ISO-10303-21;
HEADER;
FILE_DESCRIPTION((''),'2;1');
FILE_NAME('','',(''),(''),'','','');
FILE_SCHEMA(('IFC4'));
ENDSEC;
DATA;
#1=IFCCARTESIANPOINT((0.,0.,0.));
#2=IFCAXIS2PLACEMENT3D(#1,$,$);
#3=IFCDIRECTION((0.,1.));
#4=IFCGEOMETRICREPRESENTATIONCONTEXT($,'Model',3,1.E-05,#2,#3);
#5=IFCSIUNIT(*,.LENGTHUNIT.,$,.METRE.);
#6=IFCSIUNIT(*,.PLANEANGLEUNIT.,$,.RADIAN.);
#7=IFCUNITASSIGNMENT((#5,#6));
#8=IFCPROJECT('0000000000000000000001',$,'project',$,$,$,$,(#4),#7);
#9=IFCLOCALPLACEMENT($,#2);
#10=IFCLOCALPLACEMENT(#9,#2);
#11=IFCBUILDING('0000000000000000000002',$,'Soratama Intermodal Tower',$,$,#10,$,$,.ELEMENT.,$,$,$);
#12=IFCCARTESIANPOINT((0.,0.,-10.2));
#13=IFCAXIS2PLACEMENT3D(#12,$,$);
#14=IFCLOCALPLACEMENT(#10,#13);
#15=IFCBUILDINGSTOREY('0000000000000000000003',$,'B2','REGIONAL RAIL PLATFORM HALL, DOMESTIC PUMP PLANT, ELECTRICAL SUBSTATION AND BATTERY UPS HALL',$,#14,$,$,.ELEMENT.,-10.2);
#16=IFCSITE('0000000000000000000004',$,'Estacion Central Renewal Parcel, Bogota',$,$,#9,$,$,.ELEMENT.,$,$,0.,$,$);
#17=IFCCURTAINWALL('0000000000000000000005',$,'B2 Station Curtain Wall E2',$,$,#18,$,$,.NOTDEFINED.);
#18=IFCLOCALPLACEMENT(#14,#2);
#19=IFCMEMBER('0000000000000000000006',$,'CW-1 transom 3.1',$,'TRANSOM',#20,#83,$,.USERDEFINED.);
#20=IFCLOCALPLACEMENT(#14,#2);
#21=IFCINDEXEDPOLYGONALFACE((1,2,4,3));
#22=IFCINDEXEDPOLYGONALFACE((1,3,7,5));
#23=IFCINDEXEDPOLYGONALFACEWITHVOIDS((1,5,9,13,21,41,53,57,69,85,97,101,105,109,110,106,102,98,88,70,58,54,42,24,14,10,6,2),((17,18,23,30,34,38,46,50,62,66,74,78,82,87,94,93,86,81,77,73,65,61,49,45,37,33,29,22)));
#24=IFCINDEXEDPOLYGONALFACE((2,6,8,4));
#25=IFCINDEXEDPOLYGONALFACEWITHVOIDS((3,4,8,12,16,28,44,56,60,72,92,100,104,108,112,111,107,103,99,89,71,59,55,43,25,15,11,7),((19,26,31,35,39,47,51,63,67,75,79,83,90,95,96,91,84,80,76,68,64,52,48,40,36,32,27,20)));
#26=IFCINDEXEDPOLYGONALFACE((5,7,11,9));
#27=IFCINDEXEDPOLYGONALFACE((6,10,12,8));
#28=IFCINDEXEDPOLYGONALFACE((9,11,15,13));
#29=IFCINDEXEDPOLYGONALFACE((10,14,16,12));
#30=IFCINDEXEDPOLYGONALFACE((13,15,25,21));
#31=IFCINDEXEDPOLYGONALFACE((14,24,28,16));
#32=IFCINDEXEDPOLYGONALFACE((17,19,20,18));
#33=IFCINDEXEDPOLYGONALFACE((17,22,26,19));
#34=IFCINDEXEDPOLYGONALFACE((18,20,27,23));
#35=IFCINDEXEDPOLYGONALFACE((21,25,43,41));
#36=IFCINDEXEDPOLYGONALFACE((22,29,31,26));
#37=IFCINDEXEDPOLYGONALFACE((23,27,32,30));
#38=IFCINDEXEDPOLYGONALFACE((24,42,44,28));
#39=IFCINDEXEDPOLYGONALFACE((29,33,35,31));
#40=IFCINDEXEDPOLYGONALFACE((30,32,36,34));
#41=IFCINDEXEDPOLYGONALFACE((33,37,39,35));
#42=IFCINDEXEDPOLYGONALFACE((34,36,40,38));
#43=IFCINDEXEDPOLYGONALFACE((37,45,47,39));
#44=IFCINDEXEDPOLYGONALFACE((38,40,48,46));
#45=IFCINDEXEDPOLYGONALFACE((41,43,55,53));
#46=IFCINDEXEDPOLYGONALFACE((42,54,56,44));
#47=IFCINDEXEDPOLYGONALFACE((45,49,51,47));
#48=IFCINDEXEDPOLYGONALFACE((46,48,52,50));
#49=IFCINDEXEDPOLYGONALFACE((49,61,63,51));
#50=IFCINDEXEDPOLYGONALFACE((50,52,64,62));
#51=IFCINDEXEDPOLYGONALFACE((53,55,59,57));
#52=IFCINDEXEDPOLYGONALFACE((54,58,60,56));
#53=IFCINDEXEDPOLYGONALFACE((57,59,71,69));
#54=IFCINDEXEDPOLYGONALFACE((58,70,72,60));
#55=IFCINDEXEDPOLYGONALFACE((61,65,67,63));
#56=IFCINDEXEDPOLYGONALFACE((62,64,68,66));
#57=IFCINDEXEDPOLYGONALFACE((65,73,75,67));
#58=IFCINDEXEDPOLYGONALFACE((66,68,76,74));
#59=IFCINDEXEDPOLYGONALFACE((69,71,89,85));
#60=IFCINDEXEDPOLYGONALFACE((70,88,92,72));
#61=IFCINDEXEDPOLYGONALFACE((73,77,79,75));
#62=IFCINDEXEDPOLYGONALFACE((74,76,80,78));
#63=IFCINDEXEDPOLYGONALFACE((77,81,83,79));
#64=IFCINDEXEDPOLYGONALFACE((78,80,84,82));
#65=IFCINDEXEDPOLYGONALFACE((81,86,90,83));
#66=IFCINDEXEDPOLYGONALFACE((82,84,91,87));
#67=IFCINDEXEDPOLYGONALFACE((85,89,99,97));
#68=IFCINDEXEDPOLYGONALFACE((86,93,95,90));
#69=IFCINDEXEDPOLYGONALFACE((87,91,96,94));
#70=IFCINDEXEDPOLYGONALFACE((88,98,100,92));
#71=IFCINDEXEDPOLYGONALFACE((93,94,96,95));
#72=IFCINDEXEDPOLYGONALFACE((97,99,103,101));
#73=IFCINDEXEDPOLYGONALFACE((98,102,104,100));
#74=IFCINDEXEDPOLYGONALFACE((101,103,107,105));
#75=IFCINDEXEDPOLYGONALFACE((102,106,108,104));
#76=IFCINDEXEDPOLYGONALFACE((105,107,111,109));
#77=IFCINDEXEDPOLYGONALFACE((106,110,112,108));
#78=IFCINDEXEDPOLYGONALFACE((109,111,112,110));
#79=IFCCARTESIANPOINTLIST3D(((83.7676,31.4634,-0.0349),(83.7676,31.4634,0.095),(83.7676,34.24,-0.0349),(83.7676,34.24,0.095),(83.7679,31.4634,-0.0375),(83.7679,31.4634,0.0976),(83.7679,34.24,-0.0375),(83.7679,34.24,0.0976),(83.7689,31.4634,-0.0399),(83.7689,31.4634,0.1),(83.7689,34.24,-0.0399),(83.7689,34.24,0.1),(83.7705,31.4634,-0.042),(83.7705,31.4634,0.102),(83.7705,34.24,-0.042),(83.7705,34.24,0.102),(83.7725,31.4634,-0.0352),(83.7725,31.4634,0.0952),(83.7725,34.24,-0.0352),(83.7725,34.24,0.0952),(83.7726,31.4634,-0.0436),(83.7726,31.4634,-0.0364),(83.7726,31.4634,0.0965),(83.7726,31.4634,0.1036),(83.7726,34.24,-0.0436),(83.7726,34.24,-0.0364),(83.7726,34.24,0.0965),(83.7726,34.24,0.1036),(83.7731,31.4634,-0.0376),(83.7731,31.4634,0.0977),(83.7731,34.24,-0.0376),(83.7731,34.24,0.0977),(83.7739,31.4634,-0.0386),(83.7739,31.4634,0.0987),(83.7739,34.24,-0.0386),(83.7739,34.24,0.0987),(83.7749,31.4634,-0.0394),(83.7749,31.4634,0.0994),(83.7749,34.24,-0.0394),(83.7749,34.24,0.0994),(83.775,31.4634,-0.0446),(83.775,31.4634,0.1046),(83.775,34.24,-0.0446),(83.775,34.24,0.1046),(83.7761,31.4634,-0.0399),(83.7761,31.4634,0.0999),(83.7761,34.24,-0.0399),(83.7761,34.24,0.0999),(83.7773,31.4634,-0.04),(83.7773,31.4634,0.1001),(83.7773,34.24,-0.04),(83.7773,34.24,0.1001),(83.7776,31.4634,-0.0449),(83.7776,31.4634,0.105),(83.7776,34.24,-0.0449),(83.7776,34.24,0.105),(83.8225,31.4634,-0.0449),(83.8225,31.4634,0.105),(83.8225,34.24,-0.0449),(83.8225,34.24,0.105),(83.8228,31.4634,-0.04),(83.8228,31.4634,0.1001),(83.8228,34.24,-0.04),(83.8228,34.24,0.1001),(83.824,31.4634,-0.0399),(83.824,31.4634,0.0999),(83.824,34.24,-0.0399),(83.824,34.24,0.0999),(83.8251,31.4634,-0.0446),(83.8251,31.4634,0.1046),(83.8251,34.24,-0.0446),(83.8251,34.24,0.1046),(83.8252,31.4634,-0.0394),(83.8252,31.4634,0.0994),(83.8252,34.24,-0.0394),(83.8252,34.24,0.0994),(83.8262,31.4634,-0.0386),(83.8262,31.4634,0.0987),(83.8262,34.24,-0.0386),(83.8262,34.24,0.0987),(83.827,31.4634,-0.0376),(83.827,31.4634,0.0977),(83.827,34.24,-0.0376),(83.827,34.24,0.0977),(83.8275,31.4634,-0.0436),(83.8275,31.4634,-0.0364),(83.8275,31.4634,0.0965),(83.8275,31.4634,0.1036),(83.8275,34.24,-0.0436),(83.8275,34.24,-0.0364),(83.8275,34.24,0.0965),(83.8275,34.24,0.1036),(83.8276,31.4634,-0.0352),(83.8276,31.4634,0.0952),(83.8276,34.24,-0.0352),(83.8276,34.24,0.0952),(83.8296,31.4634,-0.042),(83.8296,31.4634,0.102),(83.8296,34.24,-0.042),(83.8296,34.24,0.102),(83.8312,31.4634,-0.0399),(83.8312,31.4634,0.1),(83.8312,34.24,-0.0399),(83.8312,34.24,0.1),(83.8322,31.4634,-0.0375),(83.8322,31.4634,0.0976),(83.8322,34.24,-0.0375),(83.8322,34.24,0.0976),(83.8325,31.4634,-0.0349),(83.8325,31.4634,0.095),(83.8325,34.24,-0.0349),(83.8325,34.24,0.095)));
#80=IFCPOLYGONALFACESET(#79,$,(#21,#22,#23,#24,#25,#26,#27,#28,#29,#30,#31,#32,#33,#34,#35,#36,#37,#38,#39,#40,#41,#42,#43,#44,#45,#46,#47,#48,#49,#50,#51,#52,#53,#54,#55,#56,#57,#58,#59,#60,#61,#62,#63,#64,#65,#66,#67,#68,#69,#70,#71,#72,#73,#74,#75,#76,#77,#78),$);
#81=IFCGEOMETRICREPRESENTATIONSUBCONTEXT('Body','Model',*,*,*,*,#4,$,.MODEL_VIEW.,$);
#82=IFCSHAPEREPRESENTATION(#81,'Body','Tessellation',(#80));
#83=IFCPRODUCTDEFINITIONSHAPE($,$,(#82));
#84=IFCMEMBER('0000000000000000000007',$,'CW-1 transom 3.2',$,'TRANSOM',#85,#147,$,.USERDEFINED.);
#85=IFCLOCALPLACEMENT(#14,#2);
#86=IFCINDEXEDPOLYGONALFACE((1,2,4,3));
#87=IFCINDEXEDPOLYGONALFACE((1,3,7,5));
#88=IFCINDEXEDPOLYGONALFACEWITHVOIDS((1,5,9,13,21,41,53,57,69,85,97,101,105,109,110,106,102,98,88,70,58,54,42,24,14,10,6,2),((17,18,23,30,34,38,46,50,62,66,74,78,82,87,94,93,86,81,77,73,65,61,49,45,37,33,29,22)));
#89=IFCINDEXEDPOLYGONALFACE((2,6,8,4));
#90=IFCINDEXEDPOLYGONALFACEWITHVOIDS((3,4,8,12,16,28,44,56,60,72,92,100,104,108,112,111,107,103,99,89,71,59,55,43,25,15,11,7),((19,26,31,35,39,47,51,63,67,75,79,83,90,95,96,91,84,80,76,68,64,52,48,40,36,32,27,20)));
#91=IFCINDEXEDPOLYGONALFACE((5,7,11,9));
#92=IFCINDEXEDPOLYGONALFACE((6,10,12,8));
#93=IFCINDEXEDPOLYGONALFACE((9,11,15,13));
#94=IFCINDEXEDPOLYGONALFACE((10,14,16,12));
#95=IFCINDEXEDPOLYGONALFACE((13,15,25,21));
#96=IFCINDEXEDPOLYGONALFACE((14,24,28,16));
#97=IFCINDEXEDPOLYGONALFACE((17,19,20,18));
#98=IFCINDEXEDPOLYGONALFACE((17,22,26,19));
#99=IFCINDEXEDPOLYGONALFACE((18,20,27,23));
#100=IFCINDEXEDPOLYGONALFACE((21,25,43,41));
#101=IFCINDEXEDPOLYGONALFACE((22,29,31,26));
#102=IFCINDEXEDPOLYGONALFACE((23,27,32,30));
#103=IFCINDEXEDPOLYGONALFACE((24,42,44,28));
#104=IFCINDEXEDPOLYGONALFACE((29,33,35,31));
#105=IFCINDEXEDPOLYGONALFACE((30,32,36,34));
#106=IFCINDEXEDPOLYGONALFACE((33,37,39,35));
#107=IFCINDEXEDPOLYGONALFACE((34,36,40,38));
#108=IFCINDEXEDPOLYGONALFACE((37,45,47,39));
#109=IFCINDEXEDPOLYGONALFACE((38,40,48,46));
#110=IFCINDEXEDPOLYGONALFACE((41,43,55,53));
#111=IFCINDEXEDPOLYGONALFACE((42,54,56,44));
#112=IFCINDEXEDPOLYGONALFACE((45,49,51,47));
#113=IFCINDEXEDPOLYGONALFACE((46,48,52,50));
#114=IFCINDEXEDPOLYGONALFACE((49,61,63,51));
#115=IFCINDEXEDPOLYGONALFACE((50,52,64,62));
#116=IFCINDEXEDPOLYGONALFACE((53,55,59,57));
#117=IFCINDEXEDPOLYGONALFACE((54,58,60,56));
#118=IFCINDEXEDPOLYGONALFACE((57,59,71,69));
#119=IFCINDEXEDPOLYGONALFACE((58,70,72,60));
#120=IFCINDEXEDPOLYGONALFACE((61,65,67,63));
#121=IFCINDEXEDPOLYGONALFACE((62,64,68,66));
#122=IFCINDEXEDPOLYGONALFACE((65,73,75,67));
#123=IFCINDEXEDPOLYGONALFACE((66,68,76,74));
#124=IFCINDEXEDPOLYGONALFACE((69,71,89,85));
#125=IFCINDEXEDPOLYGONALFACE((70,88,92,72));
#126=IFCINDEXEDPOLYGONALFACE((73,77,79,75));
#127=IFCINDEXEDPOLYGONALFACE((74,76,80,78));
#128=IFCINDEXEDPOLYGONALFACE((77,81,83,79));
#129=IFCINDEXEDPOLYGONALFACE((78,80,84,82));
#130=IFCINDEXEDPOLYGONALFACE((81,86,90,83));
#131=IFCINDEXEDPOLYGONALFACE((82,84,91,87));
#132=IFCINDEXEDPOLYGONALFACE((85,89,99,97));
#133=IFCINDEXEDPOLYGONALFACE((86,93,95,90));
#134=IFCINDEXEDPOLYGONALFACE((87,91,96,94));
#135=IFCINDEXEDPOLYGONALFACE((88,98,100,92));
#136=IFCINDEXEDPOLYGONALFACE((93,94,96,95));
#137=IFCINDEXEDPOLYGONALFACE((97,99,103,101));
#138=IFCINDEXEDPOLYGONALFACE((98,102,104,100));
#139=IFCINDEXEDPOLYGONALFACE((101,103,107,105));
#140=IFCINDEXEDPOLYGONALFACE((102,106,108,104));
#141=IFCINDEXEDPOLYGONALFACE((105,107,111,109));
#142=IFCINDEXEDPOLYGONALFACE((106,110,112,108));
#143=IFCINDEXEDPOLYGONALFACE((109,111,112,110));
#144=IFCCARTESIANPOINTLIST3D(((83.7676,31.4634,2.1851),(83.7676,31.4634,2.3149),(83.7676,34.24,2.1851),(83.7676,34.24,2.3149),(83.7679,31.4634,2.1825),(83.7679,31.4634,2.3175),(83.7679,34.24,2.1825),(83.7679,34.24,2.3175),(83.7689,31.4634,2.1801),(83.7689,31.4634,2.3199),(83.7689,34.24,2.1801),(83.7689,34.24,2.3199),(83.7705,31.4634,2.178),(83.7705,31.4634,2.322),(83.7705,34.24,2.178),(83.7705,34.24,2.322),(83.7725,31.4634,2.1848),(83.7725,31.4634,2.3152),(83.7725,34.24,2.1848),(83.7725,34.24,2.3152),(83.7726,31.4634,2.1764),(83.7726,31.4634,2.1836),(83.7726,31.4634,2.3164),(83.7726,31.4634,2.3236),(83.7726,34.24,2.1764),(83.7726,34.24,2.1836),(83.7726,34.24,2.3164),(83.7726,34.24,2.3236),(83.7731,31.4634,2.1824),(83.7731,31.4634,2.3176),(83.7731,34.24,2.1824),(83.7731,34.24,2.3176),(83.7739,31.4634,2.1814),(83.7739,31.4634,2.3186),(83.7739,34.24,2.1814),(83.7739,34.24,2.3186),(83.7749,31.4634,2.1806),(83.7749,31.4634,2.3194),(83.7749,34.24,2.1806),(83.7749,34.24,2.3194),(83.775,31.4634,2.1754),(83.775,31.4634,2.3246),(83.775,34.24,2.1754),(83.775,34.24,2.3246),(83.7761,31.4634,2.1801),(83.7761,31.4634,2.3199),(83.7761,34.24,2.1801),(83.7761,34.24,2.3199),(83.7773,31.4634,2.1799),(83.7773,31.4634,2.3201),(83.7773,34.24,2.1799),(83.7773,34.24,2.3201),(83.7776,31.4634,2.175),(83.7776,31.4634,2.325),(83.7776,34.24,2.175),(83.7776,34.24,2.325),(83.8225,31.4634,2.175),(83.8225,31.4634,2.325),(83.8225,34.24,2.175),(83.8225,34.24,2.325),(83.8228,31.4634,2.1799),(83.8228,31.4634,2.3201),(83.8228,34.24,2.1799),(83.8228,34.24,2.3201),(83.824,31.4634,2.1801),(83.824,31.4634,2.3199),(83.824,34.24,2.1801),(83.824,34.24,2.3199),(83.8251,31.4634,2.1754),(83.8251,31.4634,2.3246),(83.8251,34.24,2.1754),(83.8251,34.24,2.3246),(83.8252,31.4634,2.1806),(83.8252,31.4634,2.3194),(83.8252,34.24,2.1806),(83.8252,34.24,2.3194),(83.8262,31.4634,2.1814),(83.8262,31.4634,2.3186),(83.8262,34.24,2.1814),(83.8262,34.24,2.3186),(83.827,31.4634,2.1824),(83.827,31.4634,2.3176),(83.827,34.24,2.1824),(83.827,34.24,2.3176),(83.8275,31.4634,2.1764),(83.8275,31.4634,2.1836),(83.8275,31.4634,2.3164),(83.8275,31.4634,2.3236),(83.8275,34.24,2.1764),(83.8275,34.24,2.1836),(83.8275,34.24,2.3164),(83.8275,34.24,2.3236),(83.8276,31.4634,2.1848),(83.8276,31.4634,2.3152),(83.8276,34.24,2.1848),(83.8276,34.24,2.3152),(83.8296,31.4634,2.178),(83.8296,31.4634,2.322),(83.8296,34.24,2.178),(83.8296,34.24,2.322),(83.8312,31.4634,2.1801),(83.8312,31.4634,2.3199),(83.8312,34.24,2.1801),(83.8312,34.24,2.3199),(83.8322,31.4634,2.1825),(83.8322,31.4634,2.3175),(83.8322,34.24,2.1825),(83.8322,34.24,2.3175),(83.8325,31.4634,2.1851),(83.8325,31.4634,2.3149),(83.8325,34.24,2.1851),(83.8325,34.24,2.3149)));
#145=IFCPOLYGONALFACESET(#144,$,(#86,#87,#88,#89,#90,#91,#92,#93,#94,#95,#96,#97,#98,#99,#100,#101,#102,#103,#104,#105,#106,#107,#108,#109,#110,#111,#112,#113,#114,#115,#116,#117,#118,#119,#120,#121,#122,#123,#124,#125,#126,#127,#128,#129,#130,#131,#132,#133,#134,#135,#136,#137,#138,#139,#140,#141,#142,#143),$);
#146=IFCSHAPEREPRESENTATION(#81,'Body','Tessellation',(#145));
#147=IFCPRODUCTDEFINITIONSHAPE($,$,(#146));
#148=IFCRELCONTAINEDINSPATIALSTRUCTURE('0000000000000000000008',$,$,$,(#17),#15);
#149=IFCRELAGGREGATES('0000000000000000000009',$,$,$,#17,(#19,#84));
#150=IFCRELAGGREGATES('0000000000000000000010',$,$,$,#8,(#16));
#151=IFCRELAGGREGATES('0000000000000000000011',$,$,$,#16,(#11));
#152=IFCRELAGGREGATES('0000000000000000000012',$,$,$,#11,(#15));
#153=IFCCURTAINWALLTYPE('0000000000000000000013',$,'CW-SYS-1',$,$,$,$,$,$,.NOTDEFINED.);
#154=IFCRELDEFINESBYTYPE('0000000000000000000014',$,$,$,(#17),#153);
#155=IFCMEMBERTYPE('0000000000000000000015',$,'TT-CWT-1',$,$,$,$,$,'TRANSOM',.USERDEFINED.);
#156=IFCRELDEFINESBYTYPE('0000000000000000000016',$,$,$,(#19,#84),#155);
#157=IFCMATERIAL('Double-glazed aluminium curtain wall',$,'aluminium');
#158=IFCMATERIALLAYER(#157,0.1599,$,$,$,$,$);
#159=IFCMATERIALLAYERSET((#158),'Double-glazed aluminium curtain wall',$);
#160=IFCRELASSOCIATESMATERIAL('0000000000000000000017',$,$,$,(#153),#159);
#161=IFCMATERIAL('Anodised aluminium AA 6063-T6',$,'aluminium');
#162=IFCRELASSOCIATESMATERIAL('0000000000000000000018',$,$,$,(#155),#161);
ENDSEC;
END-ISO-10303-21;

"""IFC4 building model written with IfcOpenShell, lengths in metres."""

from ifc_helpers import new_model, si_unit, direction, frame, origin, origin_2d, place, context, subcontext, project, spatial, hollow_rectangle, extrude, material, layer, layer_set, material_profile, profile_set, type_object, element, aggregate, save


model = new_model("IFC4")

# Units and contexts
model_context = context("Model", 3, precision=1e-05, world=origin(), true_north=direction((0.0, 1.0)))
body_context = subcontext(model_context, "Body", "Model", "MODEL_VIEW")
ifc_project = project(units=[si_unit("LENGTHUNIT", "METRE"), si_unit("PLANEANGLEUNIT", "RADIAN")], contexts=[model_context])

# Site, building, storey
site_placement = place(None, origin())
site = spatial("IfcSite", under=ifc_project, at=site_placement, Name="Estacion Central Renewal Parcel, Bogota", CompositionType="ELEMENT", RefElevation=0.0)
building_placement = place(site_placement, origin())
building = spatial("IfcBuilding", under=site, at=building_placement, Name="Soratama Intermodal Tower", CompositionType="ELEMENT")
storey_placement = place(building_placement, frame((0.0, 0.0, -10.2)))
storey = spatial("IfcBuildingStorey", under=building, at=storey_placement, Name="B2", Description="REGIONAL RAIL PLATFORM HALL, DOMESTIC PUMP PLANT, ELECTRICAL SUBSTATION AND BATTERY UPS HALL", CompositionType="ELEMENT", Elevation=-10.2)

# Curtain wall, members
ifc_material_1 = material(Name="Double-glazed aluminium curtain wall", Category="aluminium")
ifc_layer_1 = layer(ifc_material_1, 0.1599)
ifc_layer_set_1 = layer_set([ifc_layer_1], Name="Double-glazed aluminium curtain wall")
curtain_wall_type = type_object("IfcCurtainWallType", Name="CW-SYS-1", PredefinedType="NOTDEFINED", material=ifc_layer_set_1)
curtain_wall_placement = place(storey_placement, origin())
curtain_wall = element("IfcCurtainWall", 1, at=curtain_wall_placement, inside=storey, type_object=curtain_wall_type, Name="B2 Station Curtain Wall E2", PredefinedType="NOTDEFINED")
ifc_material_2 = material(Name="Anodised aluminium AA 6063-T6", Category="aluminium")
ifc_material_profile_1 = material_profile(ifc_material_2, hollow_rectangle(XDim=0.0649, YDim=0.1499, WallThickness=0.0049, InnerFilletRadius=0.0049, OuterFilletRadius=0.01, at=origin_2d()), Name="CWT150X65X5")
ifc_profile_set_1 = profile_set([ifc_material_profile_1], Name="Anodised aluminium AA 6063-T6")
member_type_1 = type_object("IfcMemberType", Name="TT-CWT-1", ElementType="TRANSOM", PredefinedType="USERDEFINED", material=ifc_profile_set_1)
member_1_placement = place(storey_placement, frame((83.8, 31.4634, 0.03), z_axis=(0.0, 1.0, 0.0), x_axis=(-1.0, 0.0, 0.0)))
member_1 = element("IfcMember", 2, at=member_1_placement, type_object=member_type_1, Name="CW-1 transom 3.1", ObjectType="TRANSOM", PredefinedType="USERDEFINED", context=body_context, shape_type="SweptSolid", body=[
    extrude(hollow_rectangle(XDim=0.0649, YDim=0.1499, WallThickness=0.0049, InnerFilletRadius=0.0049, OuterFilletRadius=0.01, at=origin_2d()), origin(), (0.0, 0.0, 1.0), 2.7766),
])
member_2_placement = place(storey_placement, frame((83.8, 31.4634, 2.25), z_axis=(0.0, 1.0, 0.0), x_axis=(-1.0, 0.0, 0.0)))
member_2 = element("IfcMember", 3, at=member_2_placement, type_object=member_type_1, Name="CW-1 transom 3.2", ObjectType="TRANSOM", PredefinedType="USERDEFINED", context=body_context, shape_type="SweptSolid", body=[
    extrude(hollow_rectangle(XDim=0.0649, YDim=0.1499, WallThickness=0.0049, InnerFilletRadius=0.0049, OuterFilletRadius=0.01, at=origin_2d()), origin(), (0.0, 0.0, 1.0), 2.7766),
])
aggregate(curtain_wall, [member_1, member_2])

save(model, "model.ifc")
